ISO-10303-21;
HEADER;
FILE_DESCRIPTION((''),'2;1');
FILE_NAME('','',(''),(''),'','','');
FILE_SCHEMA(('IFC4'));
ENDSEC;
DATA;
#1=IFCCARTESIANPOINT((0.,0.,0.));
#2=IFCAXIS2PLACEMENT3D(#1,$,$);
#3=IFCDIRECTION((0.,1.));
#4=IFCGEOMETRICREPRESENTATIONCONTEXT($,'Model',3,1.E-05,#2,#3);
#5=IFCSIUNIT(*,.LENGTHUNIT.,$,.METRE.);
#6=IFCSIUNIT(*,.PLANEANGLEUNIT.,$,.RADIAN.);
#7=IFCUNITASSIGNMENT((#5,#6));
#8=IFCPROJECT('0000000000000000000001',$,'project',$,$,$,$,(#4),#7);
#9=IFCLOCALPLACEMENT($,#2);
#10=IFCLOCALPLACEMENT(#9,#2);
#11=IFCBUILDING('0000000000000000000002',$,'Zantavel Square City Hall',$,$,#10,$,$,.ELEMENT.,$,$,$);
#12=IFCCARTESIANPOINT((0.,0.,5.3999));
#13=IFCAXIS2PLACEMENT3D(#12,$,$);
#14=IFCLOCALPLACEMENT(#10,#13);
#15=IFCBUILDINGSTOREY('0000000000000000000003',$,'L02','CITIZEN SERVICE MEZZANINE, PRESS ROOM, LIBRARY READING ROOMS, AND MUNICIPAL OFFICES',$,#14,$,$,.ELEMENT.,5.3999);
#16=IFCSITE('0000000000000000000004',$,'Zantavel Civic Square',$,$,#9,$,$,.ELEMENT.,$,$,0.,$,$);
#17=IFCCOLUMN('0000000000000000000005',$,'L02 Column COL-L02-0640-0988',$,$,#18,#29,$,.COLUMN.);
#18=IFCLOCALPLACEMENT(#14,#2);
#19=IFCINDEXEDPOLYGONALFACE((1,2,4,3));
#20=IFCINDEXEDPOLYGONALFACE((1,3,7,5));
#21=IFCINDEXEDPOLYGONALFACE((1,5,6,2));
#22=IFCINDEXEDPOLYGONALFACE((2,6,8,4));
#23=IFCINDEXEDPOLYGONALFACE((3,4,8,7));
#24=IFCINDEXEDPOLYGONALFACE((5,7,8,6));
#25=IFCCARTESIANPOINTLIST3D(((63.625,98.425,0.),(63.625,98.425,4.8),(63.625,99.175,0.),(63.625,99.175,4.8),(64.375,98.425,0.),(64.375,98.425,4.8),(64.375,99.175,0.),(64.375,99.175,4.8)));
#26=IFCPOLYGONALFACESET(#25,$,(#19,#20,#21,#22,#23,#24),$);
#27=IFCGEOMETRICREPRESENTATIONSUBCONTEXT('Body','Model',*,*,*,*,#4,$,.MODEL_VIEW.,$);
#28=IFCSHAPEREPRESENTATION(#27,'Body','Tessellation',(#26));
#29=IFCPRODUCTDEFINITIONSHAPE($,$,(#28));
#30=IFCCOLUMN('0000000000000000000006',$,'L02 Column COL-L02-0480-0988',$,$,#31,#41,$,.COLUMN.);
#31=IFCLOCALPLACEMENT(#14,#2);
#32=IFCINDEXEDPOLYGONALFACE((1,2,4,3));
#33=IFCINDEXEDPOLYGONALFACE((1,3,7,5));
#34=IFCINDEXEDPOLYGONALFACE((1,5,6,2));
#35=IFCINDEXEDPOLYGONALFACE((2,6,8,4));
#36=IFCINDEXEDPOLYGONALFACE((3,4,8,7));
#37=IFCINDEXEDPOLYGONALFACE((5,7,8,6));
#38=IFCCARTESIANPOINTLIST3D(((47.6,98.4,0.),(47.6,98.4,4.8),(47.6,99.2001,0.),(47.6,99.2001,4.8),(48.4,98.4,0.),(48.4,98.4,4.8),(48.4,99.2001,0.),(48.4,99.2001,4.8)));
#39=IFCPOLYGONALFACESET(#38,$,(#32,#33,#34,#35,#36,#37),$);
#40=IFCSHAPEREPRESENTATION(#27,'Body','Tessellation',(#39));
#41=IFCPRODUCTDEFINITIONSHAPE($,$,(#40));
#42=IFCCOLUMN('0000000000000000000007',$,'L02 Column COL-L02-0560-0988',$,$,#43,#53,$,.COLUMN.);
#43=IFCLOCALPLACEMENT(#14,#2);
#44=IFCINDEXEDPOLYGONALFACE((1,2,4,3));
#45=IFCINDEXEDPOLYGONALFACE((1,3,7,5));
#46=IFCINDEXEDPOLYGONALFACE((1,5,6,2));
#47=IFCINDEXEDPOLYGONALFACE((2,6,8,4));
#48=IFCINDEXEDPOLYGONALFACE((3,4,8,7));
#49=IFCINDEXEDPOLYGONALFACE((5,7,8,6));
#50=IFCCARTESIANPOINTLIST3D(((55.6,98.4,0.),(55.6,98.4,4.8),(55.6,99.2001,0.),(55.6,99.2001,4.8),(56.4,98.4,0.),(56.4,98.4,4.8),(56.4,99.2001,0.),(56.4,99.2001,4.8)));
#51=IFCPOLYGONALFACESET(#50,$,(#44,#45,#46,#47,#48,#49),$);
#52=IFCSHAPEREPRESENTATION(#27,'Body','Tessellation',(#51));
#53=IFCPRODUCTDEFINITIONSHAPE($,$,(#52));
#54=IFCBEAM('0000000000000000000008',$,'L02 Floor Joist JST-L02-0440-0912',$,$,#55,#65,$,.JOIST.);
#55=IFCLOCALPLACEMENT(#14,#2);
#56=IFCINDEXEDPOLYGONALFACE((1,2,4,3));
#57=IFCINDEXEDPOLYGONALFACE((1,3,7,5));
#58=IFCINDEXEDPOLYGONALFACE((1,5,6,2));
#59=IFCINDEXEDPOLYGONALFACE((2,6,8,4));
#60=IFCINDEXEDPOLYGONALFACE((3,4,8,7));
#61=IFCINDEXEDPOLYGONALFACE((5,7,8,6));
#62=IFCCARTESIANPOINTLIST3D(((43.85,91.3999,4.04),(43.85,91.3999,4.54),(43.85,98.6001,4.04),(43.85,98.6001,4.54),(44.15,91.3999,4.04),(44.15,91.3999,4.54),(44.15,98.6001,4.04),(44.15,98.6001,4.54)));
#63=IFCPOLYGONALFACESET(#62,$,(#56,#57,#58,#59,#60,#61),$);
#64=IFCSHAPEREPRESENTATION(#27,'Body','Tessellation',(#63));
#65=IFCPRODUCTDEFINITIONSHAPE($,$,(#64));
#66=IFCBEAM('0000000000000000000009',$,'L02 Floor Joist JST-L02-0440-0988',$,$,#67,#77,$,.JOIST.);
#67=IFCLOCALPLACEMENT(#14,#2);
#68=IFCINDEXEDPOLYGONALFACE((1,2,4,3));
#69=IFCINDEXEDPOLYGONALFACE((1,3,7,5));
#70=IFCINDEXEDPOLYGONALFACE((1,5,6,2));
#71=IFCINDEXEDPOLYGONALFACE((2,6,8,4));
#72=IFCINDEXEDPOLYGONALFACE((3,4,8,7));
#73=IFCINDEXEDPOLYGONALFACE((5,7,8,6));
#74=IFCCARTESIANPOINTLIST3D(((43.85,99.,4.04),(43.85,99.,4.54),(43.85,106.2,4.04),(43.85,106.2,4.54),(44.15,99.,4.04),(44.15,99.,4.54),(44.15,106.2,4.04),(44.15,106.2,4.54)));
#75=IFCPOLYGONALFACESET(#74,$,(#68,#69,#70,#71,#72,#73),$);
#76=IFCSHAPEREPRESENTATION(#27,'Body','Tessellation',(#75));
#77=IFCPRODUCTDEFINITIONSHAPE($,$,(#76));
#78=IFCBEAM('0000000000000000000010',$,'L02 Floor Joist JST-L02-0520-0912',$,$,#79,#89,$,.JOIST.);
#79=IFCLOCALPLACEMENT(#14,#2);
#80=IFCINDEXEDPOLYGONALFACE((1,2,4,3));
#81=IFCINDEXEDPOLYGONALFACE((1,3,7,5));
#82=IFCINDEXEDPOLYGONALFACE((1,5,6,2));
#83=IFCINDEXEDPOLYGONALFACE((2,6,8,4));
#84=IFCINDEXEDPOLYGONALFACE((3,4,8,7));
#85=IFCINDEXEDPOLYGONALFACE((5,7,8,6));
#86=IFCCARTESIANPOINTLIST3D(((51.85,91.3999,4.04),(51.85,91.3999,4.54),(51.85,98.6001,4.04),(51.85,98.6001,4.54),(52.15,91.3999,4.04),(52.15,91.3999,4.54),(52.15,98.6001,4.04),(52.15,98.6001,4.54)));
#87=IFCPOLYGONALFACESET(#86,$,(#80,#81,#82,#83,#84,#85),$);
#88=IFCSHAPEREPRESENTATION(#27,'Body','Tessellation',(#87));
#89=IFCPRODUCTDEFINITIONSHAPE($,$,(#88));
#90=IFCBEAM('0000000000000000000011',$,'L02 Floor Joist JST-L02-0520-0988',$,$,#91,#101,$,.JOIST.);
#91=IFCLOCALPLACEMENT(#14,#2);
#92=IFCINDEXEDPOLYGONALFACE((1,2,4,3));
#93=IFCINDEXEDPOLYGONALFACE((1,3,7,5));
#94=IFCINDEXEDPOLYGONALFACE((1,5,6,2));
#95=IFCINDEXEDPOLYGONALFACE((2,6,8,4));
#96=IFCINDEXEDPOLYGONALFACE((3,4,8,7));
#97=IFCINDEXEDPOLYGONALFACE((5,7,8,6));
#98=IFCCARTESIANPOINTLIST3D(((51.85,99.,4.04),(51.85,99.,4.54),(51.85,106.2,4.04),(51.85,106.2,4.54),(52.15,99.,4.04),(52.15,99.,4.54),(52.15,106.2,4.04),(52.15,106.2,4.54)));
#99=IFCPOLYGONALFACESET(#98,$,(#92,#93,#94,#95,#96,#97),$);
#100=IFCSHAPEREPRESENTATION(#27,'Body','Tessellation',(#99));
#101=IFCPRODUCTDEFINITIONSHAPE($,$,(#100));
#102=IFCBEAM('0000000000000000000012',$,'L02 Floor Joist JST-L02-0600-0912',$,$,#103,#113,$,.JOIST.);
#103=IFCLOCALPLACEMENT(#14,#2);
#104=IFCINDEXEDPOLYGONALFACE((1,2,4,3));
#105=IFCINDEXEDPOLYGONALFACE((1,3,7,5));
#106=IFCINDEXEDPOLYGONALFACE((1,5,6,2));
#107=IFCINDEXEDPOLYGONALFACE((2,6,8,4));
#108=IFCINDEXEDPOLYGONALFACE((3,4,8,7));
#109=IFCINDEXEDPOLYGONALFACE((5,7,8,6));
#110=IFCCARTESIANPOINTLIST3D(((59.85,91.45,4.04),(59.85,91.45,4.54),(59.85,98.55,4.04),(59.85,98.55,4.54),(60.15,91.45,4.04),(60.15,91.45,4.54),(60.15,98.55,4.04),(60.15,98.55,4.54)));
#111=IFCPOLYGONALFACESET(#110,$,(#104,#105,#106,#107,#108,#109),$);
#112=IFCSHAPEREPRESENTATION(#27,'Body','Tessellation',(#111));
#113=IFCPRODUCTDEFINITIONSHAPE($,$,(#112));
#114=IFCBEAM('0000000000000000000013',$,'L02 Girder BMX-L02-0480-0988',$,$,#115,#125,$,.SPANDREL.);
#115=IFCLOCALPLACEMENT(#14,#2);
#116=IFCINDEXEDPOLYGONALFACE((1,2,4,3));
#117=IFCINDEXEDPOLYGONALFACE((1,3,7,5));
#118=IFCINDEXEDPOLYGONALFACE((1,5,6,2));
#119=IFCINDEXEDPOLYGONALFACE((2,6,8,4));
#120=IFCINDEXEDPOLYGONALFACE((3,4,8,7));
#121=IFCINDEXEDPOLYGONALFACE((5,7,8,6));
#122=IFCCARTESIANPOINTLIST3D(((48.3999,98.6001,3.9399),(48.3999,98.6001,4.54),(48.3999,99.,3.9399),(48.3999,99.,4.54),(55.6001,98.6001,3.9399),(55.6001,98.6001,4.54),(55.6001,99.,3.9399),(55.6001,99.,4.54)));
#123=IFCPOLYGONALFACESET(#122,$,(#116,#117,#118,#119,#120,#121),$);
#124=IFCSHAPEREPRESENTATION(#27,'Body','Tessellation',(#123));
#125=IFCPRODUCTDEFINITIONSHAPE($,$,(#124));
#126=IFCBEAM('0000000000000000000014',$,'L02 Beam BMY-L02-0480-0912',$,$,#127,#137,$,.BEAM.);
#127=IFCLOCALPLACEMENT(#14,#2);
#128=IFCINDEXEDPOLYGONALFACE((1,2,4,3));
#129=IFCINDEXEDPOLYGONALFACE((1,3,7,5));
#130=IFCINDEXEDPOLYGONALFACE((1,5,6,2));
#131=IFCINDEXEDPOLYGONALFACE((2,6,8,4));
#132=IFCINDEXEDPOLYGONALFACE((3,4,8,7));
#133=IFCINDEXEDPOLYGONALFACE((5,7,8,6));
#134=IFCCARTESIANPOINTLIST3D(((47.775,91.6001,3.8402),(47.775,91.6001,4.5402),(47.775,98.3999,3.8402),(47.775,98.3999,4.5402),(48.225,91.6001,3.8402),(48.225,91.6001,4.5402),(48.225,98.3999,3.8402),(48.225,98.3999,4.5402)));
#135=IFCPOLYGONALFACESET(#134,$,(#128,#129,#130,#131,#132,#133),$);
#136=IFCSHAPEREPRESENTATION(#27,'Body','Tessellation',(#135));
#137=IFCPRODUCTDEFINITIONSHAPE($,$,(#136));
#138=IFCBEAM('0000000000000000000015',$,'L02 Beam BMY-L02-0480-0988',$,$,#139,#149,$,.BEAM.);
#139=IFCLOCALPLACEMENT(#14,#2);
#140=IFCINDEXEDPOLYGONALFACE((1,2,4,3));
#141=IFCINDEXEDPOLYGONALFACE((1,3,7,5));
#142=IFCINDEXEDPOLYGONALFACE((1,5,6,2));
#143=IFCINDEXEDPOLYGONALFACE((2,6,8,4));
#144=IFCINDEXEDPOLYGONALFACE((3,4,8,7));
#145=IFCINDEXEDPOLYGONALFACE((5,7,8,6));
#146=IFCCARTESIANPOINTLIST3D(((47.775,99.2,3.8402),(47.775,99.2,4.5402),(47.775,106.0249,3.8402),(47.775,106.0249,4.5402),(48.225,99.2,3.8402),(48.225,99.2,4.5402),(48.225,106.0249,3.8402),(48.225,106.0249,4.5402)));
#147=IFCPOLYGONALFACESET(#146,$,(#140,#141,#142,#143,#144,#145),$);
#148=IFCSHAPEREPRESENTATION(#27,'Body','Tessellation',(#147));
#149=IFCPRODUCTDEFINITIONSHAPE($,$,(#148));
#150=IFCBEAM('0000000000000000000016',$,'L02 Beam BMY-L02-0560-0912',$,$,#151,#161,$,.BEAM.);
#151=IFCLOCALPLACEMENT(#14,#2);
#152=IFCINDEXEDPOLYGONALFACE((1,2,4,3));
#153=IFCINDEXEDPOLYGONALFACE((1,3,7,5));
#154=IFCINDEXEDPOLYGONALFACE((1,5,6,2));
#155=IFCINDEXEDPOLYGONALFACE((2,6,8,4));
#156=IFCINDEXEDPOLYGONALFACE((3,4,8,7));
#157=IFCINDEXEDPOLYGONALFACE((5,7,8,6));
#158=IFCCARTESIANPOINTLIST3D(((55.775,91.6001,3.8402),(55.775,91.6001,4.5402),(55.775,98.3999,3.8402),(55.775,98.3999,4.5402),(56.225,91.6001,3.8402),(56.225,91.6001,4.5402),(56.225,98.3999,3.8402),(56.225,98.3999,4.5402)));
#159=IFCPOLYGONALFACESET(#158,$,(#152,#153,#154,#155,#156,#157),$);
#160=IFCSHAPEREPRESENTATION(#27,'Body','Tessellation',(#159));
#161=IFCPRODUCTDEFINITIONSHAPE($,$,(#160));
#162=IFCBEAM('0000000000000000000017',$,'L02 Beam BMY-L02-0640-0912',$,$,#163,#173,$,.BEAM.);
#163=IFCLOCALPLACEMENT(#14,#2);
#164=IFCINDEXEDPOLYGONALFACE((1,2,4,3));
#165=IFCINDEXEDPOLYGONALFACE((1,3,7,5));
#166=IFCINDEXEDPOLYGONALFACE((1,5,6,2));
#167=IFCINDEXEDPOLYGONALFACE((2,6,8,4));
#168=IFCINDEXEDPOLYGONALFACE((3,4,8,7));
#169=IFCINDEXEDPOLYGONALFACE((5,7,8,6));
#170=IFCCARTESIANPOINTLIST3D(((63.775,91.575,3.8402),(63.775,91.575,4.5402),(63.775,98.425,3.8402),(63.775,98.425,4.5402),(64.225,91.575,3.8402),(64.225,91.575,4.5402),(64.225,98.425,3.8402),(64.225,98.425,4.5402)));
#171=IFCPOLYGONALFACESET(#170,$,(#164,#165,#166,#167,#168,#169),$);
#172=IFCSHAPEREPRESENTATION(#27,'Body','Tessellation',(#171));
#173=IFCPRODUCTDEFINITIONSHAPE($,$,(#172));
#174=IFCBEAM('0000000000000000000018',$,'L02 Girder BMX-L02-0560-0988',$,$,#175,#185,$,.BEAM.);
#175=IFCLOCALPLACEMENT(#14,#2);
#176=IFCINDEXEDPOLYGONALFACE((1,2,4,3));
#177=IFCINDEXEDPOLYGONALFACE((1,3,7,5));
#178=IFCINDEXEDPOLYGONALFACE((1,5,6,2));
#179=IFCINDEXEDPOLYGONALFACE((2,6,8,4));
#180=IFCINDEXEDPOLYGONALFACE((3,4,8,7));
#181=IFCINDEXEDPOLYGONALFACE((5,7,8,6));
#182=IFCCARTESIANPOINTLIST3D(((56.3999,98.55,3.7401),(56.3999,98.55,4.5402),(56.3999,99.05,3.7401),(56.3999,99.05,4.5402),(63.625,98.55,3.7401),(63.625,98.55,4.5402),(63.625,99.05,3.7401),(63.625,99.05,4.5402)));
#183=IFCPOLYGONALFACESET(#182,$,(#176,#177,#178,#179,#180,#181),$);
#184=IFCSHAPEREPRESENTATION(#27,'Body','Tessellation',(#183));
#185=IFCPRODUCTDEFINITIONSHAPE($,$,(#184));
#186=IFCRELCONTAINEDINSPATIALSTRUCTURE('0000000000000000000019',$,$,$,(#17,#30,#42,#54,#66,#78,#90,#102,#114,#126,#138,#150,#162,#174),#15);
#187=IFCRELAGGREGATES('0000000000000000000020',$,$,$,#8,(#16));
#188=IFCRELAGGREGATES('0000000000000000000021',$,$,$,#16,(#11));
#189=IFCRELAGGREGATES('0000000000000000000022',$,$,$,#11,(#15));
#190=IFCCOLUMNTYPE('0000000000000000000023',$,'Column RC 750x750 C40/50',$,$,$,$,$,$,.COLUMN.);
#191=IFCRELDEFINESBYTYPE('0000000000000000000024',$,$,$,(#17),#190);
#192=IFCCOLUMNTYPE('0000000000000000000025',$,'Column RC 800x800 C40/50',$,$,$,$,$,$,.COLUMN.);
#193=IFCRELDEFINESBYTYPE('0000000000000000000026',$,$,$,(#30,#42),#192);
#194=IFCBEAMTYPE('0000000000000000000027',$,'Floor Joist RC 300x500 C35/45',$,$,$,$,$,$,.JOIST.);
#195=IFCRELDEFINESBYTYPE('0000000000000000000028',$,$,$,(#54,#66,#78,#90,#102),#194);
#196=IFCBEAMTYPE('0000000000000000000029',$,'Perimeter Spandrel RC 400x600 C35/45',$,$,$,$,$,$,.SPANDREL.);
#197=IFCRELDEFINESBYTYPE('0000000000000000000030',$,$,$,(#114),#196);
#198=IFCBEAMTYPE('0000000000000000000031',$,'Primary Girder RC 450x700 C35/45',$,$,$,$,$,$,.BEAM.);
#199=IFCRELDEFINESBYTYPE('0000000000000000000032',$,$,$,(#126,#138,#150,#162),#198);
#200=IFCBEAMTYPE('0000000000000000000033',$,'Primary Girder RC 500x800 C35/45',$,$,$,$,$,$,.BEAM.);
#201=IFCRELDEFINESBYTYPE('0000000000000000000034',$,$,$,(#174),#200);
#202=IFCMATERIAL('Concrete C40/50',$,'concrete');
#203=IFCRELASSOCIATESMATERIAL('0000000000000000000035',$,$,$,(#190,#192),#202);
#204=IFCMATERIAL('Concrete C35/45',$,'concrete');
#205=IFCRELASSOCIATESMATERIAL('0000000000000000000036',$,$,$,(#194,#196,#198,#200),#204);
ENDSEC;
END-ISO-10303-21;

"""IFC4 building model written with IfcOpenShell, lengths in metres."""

from ifc_helpers import new_model, si_unit, direction, frame, origin, origin_2d, place, context, subcontext, project, spatial, rectangle, extrude, material, material_profile, profile_set, type_object, element, save


model = new_model("IFC4")

# Units and contexts
model_context = context("Model", 3, precision=1e-05, world=origin(), true_north=direction((0.0, 1.0)))
body_context = subcontext(model_context, "Body", "Model", "MODEL_VIEW")
ifc_project = project(units=[si_unit("LENGTHUNIT", "METRE"), si_unit("PLANEANGLEUNIT", "RADIAN")], contexts=[model_context])

# Site, building, storey
site_placement = place(None, origin())
site = spatial("IfcSite", under=ifc_project, at=site_placement, Name="Zantavel Civic Square", CompositionType="ELEMENT", RefElevation=0.0)
building_placement = place(site_placement, origin())
building = spatial("IfcBuilding", under=site, at=building_placement, Name="Zantavel Square City Hall", CompositionType="ELEMENT")
storey_placement = place(building_placement, frame((0.0, 0.0, 5.3999)))
storey = spatial("IfcBuildingStorey", under=building, at=storey_placement, Name="L02", Description="CITIZEN SERVICE MEZZANINE, PRESS ROOM, LIBRARY READING ROOMS, AND MUNICIPAL OFFICES", CompositionType="ELEMENT", Elevation=5.3999)

# Columns
ifc_material_1 = material(Name="Concrete C40/50", Category="concrete")
ifc_material_profile_1 = material_profile(ifc_material_1, rectangle(XDim=0.75, YDim=0.75, at=origin_2d()), Name="RC 750x750")
ifc_profile_set_1 = profile_set([ifc_material_profile_1], Name="Concrete C40/50")
column_type_1 = type_object("IfcColumnType", Name="Column RC 750x750 C40/50", PredefinedType="COLUMN", material=ifc_profile_set_1)
column_placement = place(storey_placement, frame((64.0, 98.8, 0.0), z_axis=(0.0, 0.0, 1.0), x_axis=(1.0, 0.0, 0.0)))
element("IfcColumn", 1, at=column_placement, inside=storey, type_object=column_type_1, Name="L02 Column COL-L02-0640-0988", PredefinedType="COLUMN", context=body_context, shape_type="SweptSolid", body=[
    extrude(rectangle(XDim=0.75, YDim=0.75, at=origin_2d()), origin(), (0.0, 0.0, 1.0), 4.8),
])
ifc_material_profile_2 = material_profile(ifc_material_1, rectangle(XDim=0.8, YDim=0.8, at=origin_2d()), Name="RC 800x800")
ifc_profile_set_2 = profile_set([ifc_material_profile_2], Name="Concrete C40/50")
column_type_2 = type_object("IfcColumnType", Name="Column RC 800x800 C40/50", PredefinedType="COLUMN", material=ifc_profile_set_2)
for number, where, z_axis, x_axis, name in (
    (2, (48.0, 98.8, 0.0), (0.0, 0.0, 1.0), (1.0, 0.0, 0.0), "L02 Column COL-L02-0480-0988"),
    (3, (56.0, 98.8, 0.0), (0.0, 0.0, 1.0), (1.0, 0.0, 0.0), "L02 Column COL-L02-0560-0988"),
):
    element("IfcColumn", number, at=place(storey_placement, frame(where, z_axis=z_axis, x_axis=x_axis)), inside=storey, type_object=column_type_2, Name=name, PredefinedType="COLUMN", context=body_context, shape_type="SweptSolid", body=[
        extrude(rectangle(XDim=0.8, YDim=0.8, at=origin_2d()), origin(), (0.0, 0.0, 1.0), 4.8),
    ])

# Beams
ifc_material_2 = material(Name="Concrete C35/45", Category="concrete")
ifc_material_profile_3 = material_profile(ifc_material_2, rectangle(XDim=0.3, YDim=0.5, at=origin_2d()), Name="RC 300x500")
ifc_profile_set_3 = profile_set([ifc_material_profile_3], Name="Concrete C35/45")
beam_type_1 = type_object("IfcBeamType", Name="Floor Joist RC 300x500 C35/45", PredefinedType="JOIST", material=ifc_profile_set_3)
beam_1_placement = place(storey_placement, frame((44.0, 91.3999, 4.29), z_axis=(0.0, 1.0, 0.0), x_axis=(-1.0, 0.0, 0.0)))
element("IfcBeam", 4, at=beam_1_placement, inside=storey, type_object=beam_type_1, Name="L02 Floor Joist JST-L02-0440-0912", PredefinedType="JOIST", context=body_context, shape_type="SweptSolid", body=[
    extrude(rectangle(XDim=0.3, YDim=0.5, at=origin_2d()), origin(), (0.0, 0.0, 1.0), 7.2002),
])
beam_2_placement = place(storey_placement, frame((44.0, 99.0, 4.29), z_axis=(0.0, 1.0, 0.0), x_axis=(-1.0, 0.0, 0.0)))
element("IfcBeam", 5, at=beam_2_placement, inside=storey, type_object=beam_type_1, Name="L02 Floor Joist JST-L02-0440-0988", PredefinedType="JOIST", context=body_context, shape_type="SweptSolid", body=[
    extrude(rectangle(XDim=0.3, YDim=0.5, at=origin_2d()), origin(), (0.0, 0.0, 1.0), 7.2),
])
beam_3_placement = place(storey_placement, frame((52.0, 91.3999, 4.29), z_axis=(0.0, 1.0, 0.0), x_axis=(-1.0, 0.0, 0.0)))
element("IfcBeam", 6, at=beam_3_placement, inside=storey, type_object=beam_type_1, Name="L02 Floor Joist JST-L02-0520-0912", PredefinedType="JOIST", context=body_context, shape_type="SweptSolid", body=[
    extrude(rectangle(XDim=0.3, YDim=0.5, at=origin_2d()), origin(), (0.0, 0.0, 1.0), 7.2002),
])
beam_4_placement = place(storey_placement, frame((52.0, 99.0, 4.29), z_axis=(0.0, 1.0, 0.0), x_axis=(-1.0, 0.0, 0.0)))
element("IfcBeam", 7, at=beam_4_placement, inside=storey, type_object=beam_type_1, Name="L02 Floor Joist JST-L02-0520-0988", PredefinedType="JOIST", context=body_context, shape_type="SweptSolid", body=[
    extrude(rectangle(XDim=0.3, YDim=0.5, at=origin_2d()), origin(), (0.0, 0.0, 1.0), 7.2),
])
beam_5_placement = place(storey_placement, frame((60.0, 91.45, 4.29), z_axis=(0.0, 1.0, 0.0), x_axis=(-1.0, 0.0, 0.0)))
element("IfcBeam", 8, at=beam_5_placement, inside=storey, type_object=beam_type_1, Name="L02 Floor Joist JST-L02-0600-0912", PredefinedType="JOIST", context=body_context, shape_type="SweptSolid", body=[
    extrude(rectangle(XDim=0.3, YDim=0.5, at=origin_2d()), origin(), (0.0, 0.0, 1.0), 7.1001),
])
ifc_material_profile_4 = material_profile(ifc_material_2, rectangle(XDim=0.3999, YDim=0.6001, at=origin_2d()), Name="RC 400x600")
ifc_profile_set_4 = profile_set([ifc_material_profile_4], Name="Concrete C35/45")
beam_type_2 = type_object("IfcBeamType", Name="Perimeter Spandrel RC 400x600 C35/45", PredefinedType="SPANDREL", material=ifc_profile_set_4)
beam_6_placement = place(storey_placement, frame((48.3999, 98.8, 4.24), z_axis=(1.0, 0.0, 0.0), x_axis=(0.0, 1.0, 0.0)))
element("IfcBeam", 9, at=beam_6_placement, inside=storey, type_object=beam_type_2, Name="L02 Girder BMX-L02-0480-0988", PredefinedType="SPANDREL", context=body_context, shape_type="SweptSolid", body=[
    extrude(rectangle(XDim=0.3999, YDim=0.6001, at=origin_2d()), origin(), (0.0, 0.0, 1.0), 7.2002),
])
ifc_material_profile_5 = material_profile(ifc_material_2, rectangle(XDim=0.45, YDim=0.7, at=origin_2d()), Name="RC 450x700")
ifc_profile_set_5 = profile_set([ifc_material_profile_5], Name="Concrete C35/45")
beam_type_3 = type_object("IfcBeamType", Name="Primary Girder RC 450x700 C35/45", PredefinedType="BEAM", material=ifc_profile_set_5)
beam_7_placement = place(storey_placement, frame((48.0, 91.6001, 4.1902), z_axis=(0.0, 1.0, 0.0), x_axis=(-1.0, 0.0, 0.0)))
element("IfcBeam", 10, at=beam_7_placement, inside=storey, type_object=beam_type_3, Name="L02 Beam BMY-L02-0480-0912", PredefinedType="BEAM", context=body_context, shape_type="SweptSolid", body=[
    extrude(rectangle(XDim=0.45, YDim=0.7, at=origin_2d()), origin(), (0.0, 0.0, 1.0), 6.7998),
])
beam_8_placement = place(storey_placement, frame((48.0, 99.2, 4.1902), z_axis=(0.0, 1.0, 0.0), x_axis=(-1.0, 0.0, 0.0)))
element("IfcBeam", 11, at=beam_8_placement, inside=storey, type_object=beam_type_3, Name="L02 Beam BMY-L02-0480-0988", PredefinedType="BEAM", context=body_context, shape_type="SweptSolid", body=[
    extrude(rectangle(XDim=0.45, YDim=0.7, at=origin_2d()), origin(), (0.0, 0.0, 1.0), 6.825),
])
beam_9_placement = place(storey_placement, frame((56.0, 91.6001, 4.1902), z_axis=(0.0, 1.0, 0.0), x_axis=(-1.0, 0.0, 0.0)))
element("IfcBeam", 12, at=beam_9_placement, inside=storey, type_object=beam_type_3, Name="L02 Beam BMY-L02-0560-0912", PredefinedType="BEAM", context=body_context, shape_type="SweptSolid", body=[
    extrude(rectangle(XDim=0.45, YDim=0.7, at=origin_2d()), origin(), (0.0, 0.0, 1.0), 6.7998),
])
beam_10_placement = place(storey_placement, frame((64.0, 91.575, 4.1902), z_axis=(0.0, 1.0, 0.0), x_axis=(-1.0, 0.0, 0.0)))
element("IfcBeam", 13, at=beam_10_placement, inside=storey, type_object=beam_type_3, Name="L02 Beam BMY-L02-0640-0912", PredefinedType="BEAM", context=body_context, shape_type="SweptSolid", body=[
    extrude(rectangle(XDim=0.45, YDim=0.7, at=origin_2d()), origin(), (0.0, 0.0, 1.0), 6.8501),
])
ifc_material_profile_6 = material_profile(ifc_material_2, rectangle(XDim=0.5, YDim=0.8, at=origin_2d()), Name="RC 500x800")
ifc_profile_set_6 = profile_set([ifc_material_profile_6], Name="Concrete C35/45")
beam_type_4 = type_object("IfcBeamType", Name="Primary Girder RC 500x800 C35/45", PredefinedType="BEAM", material=ifc_profile_set_6)
beam_11_placement = place(storey_placement, frame((56.3999, 98.8, 4.1401), z_axis=(1.0, 0.0, 0.0), x_axis=(0.0, 1.0, 0.0)))
element("IfcBeam", 14, at=beam_11_placement, inside=storey, type_object=beam_type_4, Name="L02 Girder BMX-L02-0560-0988", PredefinedType="BEAM", context=body_context, shape_type="SweptSolid", body=[
    extrude(rectangle(XDim=0.5, YDim=0.8, at=origin_2d()), origin(), (0.0, 0.0, 1.0), 7.2251),
])

save(model, "model.ifc")
